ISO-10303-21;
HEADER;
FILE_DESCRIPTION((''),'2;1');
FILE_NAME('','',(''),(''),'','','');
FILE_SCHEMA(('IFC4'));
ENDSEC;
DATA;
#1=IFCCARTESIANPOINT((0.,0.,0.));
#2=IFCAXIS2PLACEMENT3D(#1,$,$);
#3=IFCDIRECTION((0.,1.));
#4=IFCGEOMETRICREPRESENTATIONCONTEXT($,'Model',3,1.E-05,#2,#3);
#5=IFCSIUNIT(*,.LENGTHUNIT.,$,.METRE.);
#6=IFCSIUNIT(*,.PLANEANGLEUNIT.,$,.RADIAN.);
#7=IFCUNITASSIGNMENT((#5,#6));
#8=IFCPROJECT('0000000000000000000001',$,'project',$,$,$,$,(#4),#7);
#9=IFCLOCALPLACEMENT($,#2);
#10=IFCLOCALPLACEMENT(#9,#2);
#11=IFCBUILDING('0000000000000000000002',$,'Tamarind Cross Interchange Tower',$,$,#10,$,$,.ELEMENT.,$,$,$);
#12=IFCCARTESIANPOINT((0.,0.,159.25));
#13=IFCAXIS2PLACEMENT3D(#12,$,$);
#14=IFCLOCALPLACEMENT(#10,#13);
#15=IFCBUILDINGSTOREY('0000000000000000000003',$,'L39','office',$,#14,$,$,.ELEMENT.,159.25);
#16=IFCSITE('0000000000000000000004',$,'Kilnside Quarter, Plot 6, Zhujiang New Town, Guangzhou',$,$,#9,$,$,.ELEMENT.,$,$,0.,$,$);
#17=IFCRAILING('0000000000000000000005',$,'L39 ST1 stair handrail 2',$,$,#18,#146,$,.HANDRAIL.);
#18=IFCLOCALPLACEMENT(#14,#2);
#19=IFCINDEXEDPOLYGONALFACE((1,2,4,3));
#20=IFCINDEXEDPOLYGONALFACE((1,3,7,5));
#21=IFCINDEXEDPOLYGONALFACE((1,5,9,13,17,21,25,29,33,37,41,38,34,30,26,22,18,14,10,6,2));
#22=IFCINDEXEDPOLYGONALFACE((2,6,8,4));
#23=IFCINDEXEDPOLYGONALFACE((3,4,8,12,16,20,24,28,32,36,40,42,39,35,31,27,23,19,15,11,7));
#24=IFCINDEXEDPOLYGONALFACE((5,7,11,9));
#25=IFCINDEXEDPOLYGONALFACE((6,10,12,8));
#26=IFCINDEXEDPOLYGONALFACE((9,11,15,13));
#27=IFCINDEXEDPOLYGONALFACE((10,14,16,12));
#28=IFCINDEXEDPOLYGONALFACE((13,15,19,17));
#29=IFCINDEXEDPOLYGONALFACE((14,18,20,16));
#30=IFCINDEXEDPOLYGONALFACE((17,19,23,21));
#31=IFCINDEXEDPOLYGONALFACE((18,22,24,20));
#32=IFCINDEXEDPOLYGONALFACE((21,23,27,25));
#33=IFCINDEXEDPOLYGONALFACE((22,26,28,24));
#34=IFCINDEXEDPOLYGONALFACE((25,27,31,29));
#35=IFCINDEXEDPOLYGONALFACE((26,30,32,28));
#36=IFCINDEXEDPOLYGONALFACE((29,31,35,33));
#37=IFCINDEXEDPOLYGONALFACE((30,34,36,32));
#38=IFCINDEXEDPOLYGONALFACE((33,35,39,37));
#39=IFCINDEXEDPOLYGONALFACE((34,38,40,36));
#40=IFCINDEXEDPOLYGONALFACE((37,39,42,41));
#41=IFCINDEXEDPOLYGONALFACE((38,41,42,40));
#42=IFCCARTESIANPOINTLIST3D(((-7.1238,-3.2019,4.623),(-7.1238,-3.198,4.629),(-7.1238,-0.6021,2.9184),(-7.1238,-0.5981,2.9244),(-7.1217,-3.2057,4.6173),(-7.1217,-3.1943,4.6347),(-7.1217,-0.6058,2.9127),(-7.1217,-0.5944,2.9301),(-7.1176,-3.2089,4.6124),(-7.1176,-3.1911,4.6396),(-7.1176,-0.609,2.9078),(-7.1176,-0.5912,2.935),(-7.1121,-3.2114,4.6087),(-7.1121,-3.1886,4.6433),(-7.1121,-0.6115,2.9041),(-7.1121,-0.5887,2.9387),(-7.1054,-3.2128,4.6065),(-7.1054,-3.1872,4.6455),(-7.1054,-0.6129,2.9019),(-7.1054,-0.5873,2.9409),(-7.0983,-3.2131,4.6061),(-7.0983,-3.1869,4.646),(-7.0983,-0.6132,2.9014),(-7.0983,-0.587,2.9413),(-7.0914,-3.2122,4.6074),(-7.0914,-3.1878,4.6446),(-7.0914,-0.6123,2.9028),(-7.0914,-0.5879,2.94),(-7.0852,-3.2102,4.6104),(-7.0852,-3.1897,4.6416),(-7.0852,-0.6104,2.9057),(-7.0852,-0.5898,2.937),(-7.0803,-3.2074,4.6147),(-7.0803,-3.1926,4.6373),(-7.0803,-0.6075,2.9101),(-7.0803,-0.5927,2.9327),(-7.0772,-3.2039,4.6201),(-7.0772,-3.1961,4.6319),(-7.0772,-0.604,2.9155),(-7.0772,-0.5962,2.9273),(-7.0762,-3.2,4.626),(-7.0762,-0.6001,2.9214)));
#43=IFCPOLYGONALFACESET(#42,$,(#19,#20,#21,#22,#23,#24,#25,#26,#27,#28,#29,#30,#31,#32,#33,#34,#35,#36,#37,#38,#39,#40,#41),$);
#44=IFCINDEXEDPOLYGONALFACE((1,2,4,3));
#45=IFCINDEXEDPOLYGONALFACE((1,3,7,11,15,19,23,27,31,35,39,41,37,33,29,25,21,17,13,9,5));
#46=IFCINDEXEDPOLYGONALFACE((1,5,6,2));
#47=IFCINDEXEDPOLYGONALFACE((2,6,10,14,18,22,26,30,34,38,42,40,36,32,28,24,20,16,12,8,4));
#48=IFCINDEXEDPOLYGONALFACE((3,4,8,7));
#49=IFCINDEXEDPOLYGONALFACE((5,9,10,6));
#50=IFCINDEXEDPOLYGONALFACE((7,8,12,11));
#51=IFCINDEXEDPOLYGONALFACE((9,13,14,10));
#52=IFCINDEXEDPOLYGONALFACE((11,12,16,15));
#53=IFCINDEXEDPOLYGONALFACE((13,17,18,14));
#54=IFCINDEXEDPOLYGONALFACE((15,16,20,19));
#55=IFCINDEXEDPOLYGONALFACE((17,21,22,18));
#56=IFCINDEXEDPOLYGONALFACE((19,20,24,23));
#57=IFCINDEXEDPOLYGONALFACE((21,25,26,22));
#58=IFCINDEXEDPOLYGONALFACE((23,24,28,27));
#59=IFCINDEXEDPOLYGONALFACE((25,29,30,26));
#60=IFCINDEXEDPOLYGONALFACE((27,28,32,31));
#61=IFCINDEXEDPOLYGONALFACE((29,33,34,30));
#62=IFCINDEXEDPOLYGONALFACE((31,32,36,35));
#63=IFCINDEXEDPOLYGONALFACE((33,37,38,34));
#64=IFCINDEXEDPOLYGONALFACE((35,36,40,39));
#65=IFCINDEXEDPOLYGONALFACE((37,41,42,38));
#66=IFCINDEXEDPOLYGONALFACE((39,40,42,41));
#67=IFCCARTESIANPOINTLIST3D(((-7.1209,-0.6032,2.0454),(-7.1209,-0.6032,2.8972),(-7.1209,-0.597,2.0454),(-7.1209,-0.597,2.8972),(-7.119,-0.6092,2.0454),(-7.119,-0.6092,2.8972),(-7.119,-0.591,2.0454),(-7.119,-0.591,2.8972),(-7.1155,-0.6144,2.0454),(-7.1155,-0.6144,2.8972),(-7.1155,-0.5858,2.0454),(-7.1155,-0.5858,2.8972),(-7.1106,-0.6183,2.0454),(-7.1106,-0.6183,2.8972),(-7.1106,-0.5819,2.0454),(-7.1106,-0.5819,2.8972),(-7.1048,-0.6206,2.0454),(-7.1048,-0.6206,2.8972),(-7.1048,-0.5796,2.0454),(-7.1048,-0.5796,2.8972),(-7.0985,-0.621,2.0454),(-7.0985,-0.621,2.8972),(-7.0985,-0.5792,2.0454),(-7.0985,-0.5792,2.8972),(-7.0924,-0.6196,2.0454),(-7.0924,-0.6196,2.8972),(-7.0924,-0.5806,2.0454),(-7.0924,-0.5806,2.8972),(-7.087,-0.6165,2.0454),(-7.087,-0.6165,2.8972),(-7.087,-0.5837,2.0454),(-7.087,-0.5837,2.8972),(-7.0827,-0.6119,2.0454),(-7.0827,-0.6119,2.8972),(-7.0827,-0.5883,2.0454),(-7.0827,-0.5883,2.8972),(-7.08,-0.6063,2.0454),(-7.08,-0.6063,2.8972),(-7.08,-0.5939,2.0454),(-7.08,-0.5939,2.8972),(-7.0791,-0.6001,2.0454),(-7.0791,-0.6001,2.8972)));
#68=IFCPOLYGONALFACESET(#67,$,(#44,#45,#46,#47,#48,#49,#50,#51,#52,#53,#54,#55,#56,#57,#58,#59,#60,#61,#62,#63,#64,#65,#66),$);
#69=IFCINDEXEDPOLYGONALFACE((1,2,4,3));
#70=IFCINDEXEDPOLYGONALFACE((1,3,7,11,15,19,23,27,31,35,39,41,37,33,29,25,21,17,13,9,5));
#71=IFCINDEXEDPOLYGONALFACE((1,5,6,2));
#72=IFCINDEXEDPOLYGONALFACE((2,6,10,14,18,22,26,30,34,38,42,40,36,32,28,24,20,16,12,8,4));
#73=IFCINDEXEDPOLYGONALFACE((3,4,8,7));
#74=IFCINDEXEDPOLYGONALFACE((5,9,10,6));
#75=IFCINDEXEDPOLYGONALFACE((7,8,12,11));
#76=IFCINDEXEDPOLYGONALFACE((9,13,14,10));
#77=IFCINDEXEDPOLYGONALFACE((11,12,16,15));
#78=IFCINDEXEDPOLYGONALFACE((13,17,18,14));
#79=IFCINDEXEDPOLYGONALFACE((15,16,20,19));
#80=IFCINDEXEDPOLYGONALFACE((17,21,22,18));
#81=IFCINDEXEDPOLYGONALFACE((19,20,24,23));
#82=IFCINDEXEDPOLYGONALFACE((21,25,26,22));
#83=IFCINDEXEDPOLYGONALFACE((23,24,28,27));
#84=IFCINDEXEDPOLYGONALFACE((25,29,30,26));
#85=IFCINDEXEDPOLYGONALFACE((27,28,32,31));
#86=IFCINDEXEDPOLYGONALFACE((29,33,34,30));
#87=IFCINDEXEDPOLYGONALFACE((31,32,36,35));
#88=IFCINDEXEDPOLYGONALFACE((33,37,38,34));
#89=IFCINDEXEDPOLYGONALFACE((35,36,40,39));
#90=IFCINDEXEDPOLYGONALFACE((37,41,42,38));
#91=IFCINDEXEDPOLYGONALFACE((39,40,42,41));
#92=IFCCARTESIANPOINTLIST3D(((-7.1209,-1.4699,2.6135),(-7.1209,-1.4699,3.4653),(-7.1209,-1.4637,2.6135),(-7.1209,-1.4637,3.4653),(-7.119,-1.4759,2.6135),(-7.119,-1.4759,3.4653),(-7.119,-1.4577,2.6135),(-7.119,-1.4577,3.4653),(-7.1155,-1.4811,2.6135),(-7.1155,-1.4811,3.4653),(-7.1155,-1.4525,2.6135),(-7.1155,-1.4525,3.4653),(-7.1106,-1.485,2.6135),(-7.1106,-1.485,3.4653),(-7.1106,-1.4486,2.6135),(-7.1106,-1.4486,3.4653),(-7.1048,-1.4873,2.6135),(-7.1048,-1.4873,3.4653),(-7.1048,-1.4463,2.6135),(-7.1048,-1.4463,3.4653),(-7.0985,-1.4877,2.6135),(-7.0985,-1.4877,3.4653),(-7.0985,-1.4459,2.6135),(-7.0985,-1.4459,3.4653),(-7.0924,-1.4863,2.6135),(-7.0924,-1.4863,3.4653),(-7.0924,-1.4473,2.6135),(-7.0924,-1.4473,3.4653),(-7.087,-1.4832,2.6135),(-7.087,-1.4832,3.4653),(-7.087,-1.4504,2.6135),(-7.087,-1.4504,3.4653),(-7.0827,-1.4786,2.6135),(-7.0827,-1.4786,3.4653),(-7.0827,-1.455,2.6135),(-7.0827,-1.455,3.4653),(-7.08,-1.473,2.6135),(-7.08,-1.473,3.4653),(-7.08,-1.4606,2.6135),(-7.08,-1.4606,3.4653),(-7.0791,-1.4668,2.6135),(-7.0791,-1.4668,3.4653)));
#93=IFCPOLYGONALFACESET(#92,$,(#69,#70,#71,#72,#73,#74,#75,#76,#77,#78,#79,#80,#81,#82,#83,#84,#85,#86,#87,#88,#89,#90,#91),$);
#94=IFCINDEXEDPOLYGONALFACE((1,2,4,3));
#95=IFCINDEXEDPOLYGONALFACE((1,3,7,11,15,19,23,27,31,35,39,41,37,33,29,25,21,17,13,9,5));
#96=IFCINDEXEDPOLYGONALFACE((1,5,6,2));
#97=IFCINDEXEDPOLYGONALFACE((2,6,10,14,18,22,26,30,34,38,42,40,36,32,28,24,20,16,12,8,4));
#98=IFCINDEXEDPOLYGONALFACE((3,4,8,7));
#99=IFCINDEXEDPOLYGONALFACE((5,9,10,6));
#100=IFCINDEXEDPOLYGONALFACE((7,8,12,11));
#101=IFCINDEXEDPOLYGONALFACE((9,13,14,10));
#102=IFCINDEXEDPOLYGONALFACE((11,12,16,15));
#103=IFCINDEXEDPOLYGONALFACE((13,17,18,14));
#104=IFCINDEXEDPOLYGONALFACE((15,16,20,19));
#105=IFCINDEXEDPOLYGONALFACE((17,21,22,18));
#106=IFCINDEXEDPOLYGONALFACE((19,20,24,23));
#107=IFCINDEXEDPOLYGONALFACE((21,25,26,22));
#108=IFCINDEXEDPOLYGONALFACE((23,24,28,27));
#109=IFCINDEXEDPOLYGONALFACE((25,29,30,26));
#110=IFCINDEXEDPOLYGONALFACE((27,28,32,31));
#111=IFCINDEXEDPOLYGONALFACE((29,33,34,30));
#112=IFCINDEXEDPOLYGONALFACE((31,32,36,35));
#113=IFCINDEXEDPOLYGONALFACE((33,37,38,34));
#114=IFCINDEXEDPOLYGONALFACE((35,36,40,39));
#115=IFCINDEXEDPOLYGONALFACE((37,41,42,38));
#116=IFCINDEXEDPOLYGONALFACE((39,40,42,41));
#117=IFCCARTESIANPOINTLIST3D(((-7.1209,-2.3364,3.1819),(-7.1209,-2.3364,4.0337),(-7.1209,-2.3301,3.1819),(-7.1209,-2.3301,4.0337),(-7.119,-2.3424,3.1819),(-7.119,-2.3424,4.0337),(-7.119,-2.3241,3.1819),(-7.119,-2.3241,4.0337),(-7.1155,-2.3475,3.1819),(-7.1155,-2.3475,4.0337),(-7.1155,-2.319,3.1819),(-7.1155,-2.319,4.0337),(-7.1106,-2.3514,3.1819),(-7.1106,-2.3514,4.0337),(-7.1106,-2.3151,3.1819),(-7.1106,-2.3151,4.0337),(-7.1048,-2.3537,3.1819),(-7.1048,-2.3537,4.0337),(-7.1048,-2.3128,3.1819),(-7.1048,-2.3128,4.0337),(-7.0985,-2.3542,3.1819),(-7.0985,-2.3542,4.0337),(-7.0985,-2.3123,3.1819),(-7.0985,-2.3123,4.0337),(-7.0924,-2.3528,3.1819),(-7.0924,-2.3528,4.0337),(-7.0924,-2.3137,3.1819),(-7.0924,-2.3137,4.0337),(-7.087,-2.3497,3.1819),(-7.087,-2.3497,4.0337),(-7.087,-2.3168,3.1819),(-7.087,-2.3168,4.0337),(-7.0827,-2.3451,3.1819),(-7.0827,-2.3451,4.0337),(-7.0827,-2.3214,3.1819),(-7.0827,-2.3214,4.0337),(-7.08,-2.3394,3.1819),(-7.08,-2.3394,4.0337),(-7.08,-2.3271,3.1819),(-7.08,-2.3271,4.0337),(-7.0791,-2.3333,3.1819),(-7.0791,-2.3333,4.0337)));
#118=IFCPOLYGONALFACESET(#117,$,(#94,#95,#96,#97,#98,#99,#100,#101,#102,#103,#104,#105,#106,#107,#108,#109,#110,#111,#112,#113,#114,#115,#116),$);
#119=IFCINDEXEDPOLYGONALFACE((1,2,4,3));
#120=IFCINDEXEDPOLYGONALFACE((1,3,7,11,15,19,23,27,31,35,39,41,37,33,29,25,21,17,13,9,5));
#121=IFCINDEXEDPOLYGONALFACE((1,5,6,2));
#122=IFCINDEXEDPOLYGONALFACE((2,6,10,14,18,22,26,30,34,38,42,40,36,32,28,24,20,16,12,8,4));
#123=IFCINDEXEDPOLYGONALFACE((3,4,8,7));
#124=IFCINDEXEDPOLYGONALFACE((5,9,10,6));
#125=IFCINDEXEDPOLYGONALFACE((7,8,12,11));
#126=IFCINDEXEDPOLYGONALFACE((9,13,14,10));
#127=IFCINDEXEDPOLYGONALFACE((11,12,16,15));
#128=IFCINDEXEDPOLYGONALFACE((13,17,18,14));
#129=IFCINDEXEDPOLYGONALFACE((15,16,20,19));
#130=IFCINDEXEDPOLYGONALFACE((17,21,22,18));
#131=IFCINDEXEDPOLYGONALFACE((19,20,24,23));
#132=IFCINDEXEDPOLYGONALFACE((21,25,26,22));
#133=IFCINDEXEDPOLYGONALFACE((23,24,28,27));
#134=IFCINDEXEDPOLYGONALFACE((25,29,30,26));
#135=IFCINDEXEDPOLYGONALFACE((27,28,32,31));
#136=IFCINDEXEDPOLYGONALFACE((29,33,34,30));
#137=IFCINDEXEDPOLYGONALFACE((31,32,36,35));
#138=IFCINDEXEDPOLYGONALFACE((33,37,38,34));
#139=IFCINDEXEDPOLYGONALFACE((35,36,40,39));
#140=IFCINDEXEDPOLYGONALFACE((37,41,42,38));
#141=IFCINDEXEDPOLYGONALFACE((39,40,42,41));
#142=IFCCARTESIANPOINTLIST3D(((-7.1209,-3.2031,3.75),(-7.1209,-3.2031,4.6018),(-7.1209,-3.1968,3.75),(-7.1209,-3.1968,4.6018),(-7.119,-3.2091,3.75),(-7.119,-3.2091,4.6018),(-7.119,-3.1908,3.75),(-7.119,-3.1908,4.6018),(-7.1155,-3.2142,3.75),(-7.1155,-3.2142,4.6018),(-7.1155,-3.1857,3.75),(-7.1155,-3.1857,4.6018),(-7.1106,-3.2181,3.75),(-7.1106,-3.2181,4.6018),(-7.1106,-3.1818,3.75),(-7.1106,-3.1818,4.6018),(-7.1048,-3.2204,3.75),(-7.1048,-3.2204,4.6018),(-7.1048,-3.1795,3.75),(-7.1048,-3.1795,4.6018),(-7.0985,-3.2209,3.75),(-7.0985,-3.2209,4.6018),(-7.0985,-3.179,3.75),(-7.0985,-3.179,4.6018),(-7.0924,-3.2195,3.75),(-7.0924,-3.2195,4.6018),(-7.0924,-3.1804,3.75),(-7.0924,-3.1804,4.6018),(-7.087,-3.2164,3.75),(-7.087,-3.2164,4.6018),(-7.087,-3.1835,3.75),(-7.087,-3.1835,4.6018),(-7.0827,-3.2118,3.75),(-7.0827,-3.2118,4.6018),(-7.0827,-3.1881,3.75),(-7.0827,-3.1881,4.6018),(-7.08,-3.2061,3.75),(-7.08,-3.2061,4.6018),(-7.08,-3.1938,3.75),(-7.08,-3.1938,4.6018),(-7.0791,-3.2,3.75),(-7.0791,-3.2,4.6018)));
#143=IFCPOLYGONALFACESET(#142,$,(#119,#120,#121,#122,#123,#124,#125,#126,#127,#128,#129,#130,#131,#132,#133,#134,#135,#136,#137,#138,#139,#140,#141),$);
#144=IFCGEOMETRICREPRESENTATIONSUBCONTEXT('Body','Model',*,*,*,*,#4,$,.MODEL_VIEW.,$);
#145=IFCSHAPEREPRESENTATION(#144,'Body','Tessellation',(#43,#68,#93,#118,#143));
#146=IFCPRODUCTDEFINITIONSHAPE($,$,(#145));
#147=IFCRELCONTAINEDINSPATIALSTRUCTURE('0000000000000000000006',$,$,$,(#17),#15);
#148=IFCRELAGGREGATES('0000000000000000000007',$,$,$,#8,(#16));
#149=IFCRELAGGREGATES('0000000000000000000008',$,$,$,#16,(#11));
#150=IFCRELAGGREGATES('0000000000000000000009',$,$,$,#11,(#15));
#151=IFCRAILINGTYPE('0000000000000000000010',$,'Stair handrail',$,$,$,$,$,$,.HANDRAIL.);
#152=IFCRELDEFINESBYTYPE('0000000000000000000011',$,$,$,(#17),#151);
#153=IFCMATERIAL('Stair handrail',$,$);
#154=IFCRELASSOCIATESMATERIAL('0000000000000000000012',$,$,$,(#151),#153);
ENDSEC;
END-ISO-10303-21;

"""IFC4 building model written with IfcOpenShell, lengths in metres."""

from ifc_helpers import new_model, si_unit, direction, frame, origin, origin_2d, place, context, subcontext, project, spatial, circle, extrude, material, type_object, element, save


model = new_model("IFC4")

# Units and contexts
model_context = context("Model", 3, precision=1e-05, world=origin(), true_north=direction((0.0, 1.0)))
body_context = subcontext(model_context, "Body", "Model", "MODEL_VIEW")
ifc_project = project(units=[si_unit("LENGTHUNIT", "METRE"), si_unit("PLANEANGLEUNIT", "RADIAN")], contexts=[model_context])

# Site, building, storey
site_placement = place(None, origin())
site = spatial("IfcSite", under=ifc_project, at=site_placement, Name="Kilnside Quarter, Plot 6, Zhujiang New Town, Guangzhou", CompositionType="ELEMENT", RefElevation=0.0)
building_placement = place(site_placement, origin())
building = spatial("IfcBuilding", under=site, at=building_placement, Name="Tamarind Cross Interchange Tower", CompositionType="ELEMENT")
storey_placement = place(building_placement, frame((0.0, 0.0, 159.25)))
storey = spatial("IfcBuildingStorey", under=building, at=storey_placement, Name="L39", Description="office", CompositionType="ELEMENT", Elevation=159.25)

# Railing
ifc_material_1 = material(Name="Stair handrail")
railing_type_1 = type_object("IfcRailingType", Name="Stair handrail", PredefinedType="HANDRAIL", material=ifc_material_1)
railing_1_placement = place(storey_placement, frame((-7.1001, -0.6001, 2.0454)))
element("IfcRailing", 1, at=railing_1_placement, inside=storey, type_object=railing_type_1, Name="L39 ST1 stair handrail 2", PredefinedType="HANDRAIL", context=body_context, shape_type="SweptSolid", body=[
    extrude(circle(Radius=0.0239, at=origin_2d()), frame((0.0, 0.0, 0.876), z_axis=(0.0, -0.836279, 0.548305), x_axis=(1.0, 0.0, 0.0)), (0.0, 0.0, 1.0), 3.1089),
    extrude(circle(Radius=0.021, at=origin_2d()), origin(), (0.0, 0.0, 1.0), 0.8518),
    extrude(circle(Radius=0.021, at=origin_2d()), frame((0.0, -0.8667, 0.5681)), (0.0, 0.0, 1.0), 0.8518),
    extrude(circle(Radius=0.021, at=origin_2d()), frame((0.0, -1.7332, 1.1365)), (0.0, 0.0, 1.0), 0.8518),
    extrude(circle(Radius=0.021, at=origin_2d()), frame((0.0, -2.5999, 1.7046)), (0.0, 0.0, 1.0), 0.8518),
])

save(model, "model.ifc")
